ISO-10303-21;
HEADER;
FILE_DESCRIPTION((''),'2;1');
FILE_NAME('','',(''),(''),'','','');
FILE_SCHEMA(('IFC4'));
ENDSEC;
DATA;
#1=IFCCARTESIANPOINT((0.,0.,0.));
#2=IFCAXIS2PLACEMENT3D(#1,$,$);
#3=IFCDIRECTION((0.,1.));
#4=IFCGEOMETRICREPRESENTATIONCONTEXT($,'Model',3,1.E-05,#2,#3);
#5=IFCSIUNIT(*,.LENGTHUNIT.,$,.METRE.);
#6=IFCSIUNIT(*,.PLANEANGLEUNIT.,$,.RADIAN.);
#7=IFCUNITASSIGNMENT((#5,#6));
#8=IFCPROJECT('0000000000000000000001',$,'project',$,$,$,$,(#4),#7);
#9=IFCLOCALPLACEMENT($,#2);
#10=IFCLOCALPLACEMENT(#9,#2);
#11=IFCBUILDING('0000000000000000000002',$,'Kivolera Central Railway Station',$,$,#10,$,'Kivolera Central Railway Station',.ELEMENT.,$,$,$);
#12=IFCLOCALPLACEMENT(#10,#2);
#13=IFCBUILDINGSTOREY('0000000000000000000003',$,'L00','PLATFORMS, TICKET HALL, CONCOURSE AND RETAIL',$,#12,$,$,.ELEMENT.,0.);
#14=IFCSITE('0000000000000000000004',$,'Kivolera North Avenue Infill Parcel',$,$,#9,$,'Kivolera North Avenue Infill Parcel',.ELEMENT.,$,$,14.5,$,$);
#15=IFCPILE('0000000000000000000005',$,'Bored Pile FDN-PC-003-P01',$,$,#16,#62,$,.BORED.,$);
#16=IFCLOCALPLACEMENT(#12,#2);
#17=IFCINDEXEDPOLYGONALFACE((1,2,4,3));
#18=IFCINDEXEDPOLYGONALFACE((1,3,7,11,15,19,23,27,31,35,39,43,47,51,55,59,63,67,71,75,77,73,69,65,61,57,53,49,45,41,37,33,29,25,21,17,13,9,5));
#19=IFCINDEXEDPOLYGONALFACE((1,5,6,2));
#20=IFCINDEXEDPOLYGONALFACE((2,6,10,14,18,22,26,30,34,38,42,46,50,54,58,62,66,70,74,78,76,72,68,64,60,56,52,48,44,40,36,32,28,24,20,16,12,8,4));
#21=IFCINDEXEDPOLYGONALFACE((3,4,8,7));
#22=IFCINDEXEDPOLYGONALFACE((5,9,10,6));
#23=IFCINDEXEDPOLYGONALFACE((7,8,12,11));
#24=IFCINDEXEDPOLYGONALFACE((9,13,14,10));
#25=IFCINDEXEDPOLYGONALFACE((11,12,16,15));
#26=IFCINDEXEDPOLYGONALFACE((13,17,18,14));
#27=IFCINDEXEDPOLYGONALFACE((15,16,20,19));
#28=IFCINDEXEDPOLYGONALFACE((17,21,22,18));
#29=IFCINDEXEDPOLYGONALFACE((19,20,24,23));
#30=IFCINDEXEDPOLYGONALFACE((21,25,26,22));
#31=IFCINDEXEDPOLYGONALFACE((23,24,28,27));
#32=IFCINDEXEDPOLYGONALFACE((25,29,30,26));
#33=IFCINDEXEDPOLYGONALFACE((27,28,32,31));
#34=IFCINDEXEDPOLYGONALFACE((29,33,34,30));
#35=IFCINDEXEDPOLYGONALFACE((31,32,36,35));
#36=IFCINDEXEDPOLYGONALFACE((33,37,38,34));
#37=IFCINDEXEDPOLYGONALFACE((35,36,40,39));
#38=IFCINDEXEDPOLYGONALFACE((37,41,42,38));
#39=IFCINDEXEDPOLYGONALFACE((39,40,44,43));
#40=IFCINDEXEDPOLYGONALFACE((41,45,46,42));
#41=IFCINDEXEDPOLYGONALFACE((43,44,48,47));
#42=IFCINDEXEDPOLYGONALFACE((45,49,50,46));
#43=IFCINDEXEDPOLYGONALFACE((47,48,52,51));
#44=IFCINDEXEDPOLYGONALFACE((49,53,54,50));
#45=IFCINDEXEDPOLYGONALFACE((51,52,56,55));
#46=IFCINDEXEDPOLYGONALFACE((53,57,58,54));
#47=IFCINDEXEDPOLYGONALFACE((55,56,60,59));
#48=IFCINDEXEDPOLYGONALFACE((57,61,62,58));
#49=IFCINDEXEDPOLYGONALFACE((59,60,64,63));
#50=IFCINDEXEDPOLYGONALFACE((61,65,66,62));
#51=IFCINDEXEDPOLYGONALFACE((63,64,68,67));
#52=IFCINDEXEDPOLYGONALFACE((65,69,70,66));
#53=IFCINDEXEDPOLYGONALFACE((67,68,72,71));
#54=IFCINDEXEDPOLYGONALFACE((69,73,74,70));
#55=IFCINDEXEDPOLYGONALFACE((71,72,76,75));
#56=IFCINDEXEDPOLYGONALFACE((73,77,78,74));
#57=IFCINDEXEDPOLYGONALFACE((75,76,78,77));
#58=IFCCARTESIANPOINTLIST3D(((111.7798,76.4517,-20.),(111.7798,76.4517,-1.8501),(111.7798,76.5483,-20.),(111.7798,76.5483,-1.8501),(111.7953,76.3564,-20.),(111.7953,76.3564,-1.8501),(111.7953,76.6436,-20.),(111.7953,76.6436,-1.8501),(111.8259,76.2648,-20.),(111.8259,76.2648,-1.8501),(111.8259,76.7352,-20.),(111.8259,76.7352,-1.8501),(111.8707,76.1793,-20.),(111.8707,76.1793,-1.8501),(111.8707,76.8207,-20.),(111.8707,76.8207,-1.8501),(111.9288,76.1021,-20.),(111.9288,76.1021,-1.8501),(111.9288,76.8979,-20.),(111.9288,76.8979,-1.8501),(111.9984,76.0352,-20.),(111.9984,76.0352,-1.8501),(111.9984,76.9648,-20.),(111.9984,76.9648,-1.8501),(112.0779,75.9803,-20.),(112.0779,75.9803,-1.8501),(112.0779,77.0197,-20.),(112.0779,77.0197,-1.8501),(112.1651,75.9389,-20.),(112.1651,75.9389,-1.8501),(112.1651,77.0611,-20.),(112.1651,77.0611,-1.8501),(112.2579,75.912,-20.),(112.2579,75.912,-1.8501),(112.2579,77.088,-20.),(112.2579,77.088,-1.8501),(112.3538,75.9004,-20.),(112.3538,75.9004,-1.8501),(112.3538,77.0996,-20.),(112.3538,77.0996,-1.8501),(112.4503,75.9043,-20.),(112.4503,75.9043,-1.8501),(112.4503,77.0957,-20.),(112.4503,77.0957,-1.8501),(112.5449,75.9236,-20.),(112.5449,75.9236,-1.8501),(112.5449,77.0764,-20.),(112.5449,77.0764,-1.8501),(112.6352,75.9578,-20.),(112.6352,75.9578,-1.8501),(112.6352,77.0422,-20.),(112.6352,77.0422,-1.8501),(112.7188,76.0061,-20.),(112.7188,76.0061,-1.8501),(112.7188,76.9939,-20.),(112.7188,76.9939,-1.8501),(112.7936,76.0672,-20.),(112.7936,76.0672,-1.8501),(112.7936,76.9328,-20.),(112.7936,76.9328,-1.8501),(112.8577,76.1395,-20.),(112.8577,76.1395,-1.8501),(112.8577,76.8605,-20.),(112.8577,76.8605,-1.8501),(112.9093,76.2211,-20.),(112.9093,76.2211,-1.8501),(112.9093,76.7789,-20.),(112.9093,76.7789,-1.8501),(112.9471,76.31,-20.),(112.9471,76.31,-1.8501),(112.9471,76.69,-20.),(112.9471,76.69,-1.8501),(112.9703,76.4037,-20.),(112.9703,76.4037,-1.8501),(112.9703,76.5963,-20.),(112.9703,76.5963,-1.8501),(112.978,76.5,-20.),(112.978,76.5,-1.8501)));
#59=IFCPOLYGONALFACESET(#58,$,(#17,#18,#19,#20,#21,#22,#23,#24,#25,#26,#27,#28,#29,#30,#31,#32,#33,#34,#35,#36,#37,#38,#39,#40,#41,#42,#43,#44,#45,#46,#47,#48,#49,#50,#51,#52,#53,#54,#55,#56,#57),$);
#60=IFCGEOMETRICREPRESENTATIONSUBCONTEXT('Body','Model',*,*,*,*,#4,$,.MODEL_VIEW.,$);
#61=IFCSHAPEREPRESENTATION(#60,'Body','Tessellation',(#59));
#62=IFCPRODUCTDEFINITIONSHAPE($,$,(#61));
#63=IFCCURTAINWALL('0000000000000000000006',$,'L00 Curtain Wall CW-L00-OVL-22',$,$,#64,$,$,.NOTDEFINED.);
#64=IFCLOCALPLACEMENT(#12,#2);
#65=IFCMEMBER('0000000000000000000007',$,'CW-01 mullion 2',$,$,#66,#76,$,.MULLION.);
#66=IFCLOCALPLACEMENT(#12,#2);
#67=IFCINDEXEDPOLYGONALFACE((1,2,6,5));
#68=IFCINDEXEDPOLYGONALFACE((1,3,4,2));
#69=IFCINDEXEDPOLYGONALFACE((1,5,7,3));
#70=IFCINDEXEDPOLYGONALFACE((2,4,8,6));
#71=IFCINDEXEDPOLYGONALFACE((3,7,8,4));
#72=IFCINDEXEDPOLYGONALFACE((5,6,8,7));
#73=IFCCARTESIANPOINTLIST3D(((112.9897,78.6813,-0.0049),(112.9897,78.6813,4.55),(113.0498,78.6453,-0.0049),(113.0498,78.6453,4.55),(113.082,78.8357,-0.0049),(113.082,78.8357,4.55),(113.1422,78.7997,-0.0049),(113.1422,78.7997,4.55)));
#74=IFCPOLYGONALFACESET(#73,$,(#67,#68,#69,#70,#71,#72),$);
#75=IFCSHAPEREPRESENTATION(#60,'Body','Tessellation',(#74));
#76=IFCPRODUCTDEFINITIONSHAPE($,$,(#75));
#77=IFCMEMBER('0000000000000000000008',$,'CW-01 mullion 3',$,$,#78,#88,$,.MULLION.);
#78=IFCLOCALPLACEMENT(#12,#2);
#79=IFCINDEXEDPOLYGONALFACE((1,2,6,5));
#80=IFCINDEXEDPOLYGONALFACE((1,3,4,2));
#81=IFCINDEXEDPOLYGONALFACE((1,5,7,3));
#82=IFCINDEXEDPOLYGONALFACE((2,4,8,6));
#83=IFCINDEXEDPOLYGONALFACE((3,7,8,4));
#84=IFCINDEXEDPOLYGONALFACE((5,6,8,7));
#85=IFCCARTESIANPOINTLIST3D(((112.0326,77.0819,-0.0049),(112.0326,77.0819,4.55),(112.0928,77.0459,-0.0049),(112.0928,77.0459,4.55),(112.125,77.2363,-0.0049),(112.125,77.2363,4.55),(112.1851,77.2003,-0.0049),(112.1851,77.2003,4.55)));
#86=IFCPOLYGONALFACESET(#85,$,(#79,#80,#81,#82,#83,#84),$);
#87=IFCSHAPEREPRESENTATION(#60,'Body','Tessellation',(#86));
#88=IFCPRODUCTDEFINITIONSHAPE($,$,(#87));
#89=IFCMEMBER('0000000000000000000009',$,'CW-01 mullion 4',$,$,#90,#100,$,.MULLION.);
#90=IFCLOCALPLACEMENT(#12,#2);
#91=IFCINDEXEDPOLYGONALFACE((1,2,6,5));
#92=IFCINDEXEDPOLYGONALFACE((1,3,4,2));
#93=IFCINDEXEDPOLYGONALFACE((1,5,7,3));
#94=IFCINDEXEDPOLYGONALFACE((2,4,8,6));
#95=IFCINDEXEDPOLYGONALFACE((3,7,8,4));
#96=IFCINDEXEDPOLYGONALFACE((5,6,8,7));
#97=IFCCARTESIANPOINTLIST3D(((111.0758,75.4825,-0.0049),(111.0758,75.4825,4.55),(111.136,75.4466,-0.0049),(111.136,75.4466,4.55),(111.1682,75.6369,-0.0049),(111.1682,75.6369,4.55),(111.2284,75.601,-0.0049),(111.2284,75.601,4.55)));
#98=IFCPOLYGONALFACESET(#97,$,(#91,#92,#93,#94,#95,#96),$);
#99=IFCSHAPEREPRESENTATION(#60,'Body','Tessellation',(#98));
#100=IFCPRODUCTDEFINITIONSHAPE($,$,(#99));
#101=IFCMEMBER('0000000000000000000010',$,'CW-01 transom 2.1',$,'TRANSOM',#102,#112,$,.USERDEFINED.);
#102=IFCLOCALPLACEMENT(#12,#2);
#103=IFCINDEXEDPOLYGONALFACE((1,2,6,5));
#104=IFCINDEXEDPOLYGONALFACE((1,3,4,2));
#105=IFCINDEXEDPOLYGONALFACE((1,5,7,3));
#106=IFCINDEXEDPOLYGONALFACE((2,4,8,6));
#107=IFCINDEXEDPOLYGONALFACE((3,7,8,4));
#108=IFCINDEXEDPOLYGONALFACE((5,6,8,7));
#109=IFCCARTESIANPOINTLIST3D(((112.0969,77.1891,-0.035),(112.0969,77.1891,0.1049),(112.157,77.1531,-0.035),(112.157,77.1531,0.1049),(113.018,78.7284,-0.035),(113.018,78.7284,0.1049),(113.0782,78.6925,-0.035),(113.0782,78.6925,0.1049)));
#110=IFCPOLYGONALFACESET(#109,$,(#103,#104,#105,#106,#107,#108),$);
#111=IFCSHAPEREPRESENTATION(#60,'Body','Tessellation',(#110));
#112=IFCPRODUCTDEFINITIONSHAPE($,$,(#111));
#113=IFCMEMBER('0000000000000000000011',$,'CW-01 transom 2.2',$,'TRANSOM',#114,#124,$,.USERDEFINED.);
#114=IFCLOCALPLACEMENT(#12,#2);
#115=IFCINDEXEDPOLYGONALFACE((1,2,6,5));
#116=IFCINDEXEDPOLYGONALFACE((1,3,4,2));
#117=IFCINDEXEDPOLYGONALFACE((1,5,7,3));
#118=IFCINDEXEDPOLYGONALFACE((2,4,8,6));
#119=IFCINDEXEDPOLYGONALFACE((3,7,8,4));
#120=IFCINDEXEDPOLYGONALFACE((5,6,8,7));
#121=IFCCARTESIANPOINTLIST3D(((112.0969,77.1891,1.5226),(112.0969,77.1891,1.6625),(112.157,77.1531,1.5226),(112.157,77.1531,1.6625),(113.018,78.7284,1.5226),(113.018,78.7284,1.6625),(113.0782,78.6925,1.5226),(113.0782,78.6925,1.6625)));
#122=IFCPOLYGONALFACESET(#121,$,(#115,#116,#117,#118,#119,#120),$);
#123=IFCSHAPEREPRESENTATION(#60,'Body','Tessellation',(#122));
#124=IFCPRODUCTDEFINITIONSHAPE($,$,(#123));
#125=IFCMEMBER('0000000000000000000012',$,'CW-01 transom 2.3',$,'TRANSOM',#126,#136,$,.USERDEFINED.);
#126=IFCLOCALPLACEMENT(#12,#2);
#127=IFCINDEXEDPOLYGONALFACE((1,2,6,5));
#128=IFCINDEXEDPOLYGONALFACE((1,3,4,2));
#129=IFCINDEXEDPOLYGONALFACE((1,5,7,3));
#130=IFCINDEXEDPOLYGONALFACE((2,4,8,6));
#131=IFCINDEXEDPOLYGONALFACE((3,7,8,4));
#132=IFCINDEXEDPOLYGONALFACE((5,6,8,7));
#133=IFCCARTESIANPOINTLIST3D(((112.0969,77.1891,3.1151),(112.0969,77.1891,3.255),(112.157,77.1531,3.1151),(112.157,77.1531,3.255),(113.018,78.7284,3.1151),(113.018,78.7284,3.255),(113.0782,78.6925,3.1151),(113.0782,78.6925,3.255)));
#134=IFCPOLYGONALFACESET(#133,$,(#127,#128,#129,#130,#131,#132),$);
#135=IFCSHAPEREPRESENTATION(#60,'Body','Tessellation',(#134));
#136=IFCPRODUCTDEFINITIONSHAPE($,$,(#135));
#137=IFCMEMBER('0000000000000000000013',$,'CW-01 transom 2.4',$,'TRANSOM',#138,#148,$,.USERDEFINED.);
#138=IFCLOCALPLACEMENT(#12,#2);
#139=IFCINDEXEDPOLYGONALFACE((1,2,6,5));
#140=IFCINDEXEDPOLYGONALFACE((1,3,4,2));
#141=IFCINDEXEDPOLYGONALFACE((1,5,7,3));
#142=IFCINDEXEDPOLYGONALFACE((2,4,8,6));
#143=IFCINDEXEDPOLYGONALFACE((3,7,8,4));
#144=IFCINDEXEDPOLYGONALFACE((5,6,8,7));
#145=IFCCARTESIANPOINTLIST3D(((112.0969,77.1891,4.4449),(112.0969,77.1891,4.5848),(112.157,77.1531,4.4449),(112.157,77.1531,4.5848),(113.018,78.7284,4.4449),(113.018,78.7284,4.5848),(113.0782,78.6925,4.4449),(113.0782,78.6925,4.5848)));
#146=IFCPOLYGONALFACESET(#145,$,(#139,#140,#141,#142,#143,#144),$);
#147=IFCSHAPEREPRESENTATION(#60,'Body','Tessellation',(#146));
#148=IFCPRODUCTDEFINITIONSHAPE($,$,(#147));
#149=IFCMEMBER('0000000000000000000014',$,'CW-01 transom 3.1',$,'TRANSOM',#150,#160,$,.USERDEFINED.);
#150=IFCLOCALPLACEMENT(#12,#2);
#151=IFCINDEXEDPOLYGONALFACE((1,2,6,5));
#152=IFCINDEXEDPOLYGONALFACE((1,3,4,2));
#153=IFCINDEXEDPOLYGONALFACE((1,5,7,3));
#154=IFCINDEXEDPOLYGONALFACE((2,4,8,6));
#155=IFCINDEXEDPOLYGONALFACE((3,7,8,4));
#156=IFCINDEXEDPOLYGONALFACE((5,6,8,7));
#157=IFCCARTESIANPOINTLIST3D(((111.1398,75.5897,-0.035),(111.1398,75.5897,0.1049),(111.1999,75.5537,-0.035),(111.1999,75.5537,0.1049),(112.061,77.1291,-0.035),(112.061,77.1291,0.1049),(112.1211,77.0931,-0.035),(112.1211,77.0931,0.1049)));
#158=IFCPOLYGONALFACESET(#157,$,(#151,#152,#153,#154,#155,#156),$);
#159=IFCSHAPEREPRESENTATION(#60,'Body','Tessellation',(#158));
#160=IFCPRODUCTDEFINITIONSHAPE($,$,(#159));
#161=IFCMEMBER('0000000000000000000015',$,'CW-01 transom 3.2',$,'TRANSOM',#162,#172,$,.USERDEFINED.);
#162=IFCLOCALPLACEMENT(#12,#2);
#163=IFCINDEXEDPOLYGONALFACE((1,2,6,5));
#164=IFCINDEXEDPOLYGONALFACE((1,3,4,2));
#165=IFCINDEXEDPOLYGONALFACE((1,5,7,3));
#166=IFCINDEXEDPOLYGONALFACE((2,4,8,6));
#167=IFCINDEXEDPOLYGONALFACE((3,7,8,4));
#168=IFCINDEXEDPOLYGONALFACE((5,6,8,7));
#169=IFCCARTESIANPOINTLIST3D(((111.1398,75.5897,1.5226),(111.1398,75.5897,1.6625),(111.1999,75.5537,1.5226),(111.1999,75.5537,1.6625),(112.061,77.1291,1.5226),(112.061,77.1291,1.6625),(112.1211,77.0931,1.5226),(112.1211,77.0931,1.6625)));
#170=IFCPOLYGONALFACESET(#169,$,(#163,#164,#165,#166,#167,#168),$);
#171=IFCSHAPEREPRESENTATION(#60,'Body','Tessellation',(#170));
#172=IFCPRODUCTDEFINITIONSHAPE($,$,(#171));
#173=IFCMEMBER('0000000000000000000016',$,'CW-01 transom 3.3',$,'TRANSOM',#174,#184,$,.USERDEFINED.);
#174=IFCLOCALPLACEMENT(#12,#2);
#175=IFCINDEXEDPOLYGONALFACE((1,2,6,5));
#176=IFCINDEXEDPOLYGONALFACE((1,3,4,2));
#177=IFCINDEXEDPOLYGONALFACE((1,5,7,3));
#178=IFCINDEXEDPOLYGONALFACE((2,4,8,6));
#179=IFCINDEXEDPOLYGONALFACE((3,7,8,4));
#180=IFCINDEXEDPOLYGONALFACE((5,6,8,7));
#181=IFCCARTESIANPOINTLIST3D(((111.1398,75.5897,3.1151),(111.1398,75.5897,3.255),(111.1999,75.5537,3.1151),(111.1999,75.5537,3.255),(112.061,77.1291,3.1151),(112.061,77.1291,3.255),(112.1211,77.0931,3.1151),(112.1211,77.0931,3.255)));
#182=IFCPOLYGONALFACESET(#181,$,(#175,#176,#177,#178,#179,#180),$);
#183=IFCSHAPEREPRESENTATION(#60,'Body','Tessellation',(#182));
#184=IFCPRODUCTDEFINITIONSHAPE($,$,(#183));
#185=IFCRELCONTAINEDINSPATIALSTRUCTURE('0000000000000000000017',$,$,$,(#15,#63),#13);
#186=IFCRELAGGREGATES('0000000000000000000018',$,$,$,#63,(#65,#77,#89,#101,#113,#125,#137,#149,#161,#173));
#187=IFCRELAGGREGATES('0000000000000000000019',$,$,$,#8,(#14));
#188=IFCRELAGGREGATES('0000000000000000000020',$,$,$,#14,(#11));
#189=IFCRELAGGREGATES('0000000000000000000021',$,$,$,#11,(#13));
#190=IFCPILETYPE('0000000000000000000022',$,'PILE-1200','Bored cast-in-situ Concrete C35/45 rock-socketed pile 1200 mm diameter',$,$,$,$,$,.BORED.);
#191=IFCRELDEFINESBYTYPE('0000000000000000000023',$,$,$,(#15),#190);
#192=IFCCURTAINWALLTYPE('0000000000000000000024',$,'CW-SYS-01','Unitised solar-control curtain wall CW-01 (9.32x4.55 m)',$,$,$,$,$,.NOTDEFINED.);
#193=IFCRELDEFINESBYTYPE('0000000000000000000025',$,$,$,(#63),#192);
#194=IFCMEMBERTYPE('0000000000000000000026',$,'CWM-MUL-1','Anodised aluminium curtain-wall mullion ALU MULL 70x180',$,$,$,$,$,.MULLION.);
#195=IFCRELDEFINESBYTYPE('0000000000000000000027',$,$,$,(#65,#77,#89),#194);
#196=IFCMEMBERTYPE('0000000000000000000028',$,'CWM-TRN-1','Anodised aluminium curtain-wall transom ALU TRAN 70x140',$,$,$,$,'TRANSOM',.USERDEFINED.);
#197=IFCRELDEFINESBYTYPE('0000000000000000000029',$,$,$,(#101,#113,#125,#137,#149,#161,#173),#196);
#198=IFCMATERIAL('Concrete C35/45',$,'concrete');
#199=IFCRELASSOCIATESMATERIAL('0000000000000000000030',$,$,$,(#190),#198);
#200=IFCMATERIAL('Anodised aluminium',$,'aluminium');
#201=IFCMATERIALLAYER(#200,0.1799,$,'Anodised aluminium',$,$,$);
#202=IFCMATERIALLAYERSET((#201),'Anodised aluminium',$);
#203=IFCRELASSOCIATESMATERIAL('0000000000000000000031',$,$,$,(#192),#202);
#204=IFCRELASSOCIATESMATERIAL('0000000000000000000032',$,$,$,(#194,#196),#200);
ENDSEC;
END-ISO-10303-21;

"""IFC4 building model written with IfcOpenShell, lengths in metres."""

from ifc_helpers import new_model, si_unit, direction, frame, origin, origin_2d, place, context, subcontext, project, spatial, rectangle, circle, extrude, material, layer, layer_set, material_profile, profile_set, type_object, element, aggregate, save


model = new_model("IFC4")

# Units and contexts
model_context = context("Model", 3, precision=1e-05, world=origin(), true_north=direction((0.0, 1.0)))
body_context = subcontext(model_context, "Body", "Model", "MODEL_VIEW")
ifc_project = project(units=[si_unit("LENGTHUNIT", "METRE"), si_unit("PLANEANGLEUNIT", "RADIAN")], contexts=[model_context])

# Site, building, storey
site_placement = place(None, origin())
site = spatial("IfcSite", under=ifc_project, at=site_placement, Name="Kivolera North Avenue Infill Parcel", LongName="Kivolera North Avenue Infill Parcel", CompositionType="ELEMENT", RefElevation=14.5)
building_placement = place(site_placement, origin())
building = spatial("IfcBuilding", under=site, at=building_placement, Name="Kivolera Central Railway Station", LongName="Kivolera Central Railway Station", CompositionType="ELEMENT")
storey_placement = place(building_placement, origin())
storey = spatial("IfcBuildingStorey", under=building, at=storey_placement, Name="L00", Description="PLATFORMS, TICKET HALL, CONCOURSE AND RETAIL", CompositionType="ELEMENT", Elevation=0.0)

# Pile
ifc_material_1 = material(Name="Concrete C35/45", Category="concrete")
ifc_material_profile_1 = material_profile(ifc_material_1, circle(Radius=0.6001, at=origin_2d()), Name="PILE D1200")
ifc_profile_set_1 = profile_set([ifc_material_profile_1], Name="Concrete C35/45")
pile_type = type_object("IfcPileType", Name="PILE-1200", Description="Bored cast-in-situ Concrete C35/45 rock-socketed pile 1200 mm diameter", PredefinedType="BORED", material=ifc_profile_set_1)
pile_placement = place(storey_placement, frame((112.3779, 76.5, -1.8501), z_axis=(0.0, 0.0, -1.0), x_axis=(1.0, 0.0, 0.0)))
element("IfcPile", 1, at=pile_placement, inside=storey, type_object=pile_type, Name="Bored Pile FDN-PC-003-P01", PredefinedType="BORED", context=body_context, shape_type="SweptSolid", body=[
    extrude(circle(Radius=0.6001, at=origin_2d()), origin(), (0.0, 0.0, 1.0), 18.1499),
])

# Curtain wall, members
ifc_material_2 = material(Name="Anodised aluminium", Category="aluminium")
ifc_layer_1 = layer(ifc_material_2, 0.1799, Name="Anodised aluminium")
ifc_layer_set_1 = layer_set([ifc_layer_1], Name="Anodised aluminium")
curtain_wall_type = type_object("IfcCurtainWallType", Name="CW-SYS-01", Description="Unitised solar-control curtain wall CW-01 (9.32x4.55 m)", PredefinedType="NOTDEFINED", material=ifc_layer_set_1)
curtain_wall_placement = place(storey_placement, origin())
curtain_wall = element("IfcCurtainWall", 2, at=curtain_wall_placement, inside=storey, type_object=curtain_wall_type, Name="L00 Curtain Wall CW-L00-OVL-22", PredefinedType="NOTDEFINED")
ifc_material_profile_2 = material_profile(ifc_material_2, rectangle(XDim=0.0701, YDim=0.1799, at=origin_2d()), Name="ALU MULL 70x180")
ifc_profile_set_2 = profile_set([ifc_material_profile_2], Name="Anodised aluminium")
member_type_1 = type_object("IfcMemberType", Name="CWM-MUL-1", Description="Anodised aluminium curtain-wall mullion ALU MULL 70x180", PredefinedType="MULLION", material=ifc_profile_set_2)
member_1_placement = place(storey_placement, frame((113.0659, 78.7405, -0.0049), z_axis=(0.0, 0.0, 1.0), x_axis=(0.858117, -0.513454, 0.0)))
member_1 = element("IfcMember", 3, at=member_1_placement, type_object=member_type_1, Name="CW-01 mullion 2", PredefinedType="MULLION", context=body_context, shape_type="SweptSolid", body=[
    extrude(rectangle(XDim=0.0701, YDim=0.1799, at=origin_2d()), origin(), (0.0, 0.0, 1.0), 4.5549),
])
member_2_placement = place(storey_placement, frame((112.1089, 77.1411, -0.0049), z_axis=(0.0, 0.0, 1.0), x_axis=(0.858117, -0.513454, 0.0)))
member_2 = element("IfcMember", 4, at=member_2_placement, type_object=member_type_1, Name="CW-01 mullion 3", PredefinedType="MULLION", context=body_context, shape_type="SweptSolid", body=[
    extrude(rectangle(XDim=0.0701, YDim=0.1799, at=origin_2d()), origin(), (0.0, 0.0, 1.0), 4.5549),
])
member_3_placement = place(storey_placement, frame((111.1521, 75.5417, -0.0049), z_axis=(0.0, 0.0, 1.0), x_axis=(0.858117, -0.513454, 0.0)))
member_3 = element("IfcMember", 5, at=member_3_placement, type_object=member_type_1, Name="CW-01 mullion 4", PredefinedType="MULLION", context=body_context, shape_type="SweptSolid", body=[
    extrude(rectangle(XDim=0.0701, YDim=0.1799, at=origin_2d()), origin(), (0.0, 0.0, 1.0), 4.5549),
])
ifc_material_profile_3 = material_profile(ifc_material_2, rectangle(XDim=0.0701, YDim=0.1399, at=origin_2d()), Name="ALU TRAN 70x140")
ifc_profile_set_3 = profile_set([ifc_material_profile_3], Name="Anodised aluminium")
member_type_2 = type_object("IfcMemberType", Name="CWM-TRN-1", Description="Anodised aluminium curtain-wall transom ALU TRAN 70x140", ElementType="TRANSOM", PredefinedType="USERDEFINED", material=ifc_profile_set_3)
member_4_placement = place(storey_placement, frame((113.0481, 78.7104, 0.0349), z_axis=(-0.513495, -0.858093, 0.0), x_axis=(0.858093, -0.513495, 0.0)))
member_4 = element("IfcMember", 6, at=member_4_placement, type_object=member_type_2, Name="CW-01 transom 2.1", ObjectType="TRANSOM", PredefinedType="USERDEFINED", context=body_context, shape_type="SweptSolid", body=[
    extrude(rectangle(XDim=0.0701, YDim=0.1399, at=origin_2d()), origin(), (0.0, 0.0, 1.0), 1.7939),
])
member_5_placement = place(storey_placement, frame((113.0481, 78.7104, 1.5925), z_axis=(-0.513495, -0.858093, 0.0), x_axis=(0.858093, -0.513495, 0.0)))
member_5 = element("IfcMember", 7, at=member_5_placement, type_object=member_type_2, Name="CW-01 transom 2.2", ObjectType="TRANSOM", PredefinedType="USERDEFINED", context=body_context, shape_type="SweptSolid", body=[
    extrude(rectangle(XDim=0.0701, YDim=0.1399, at=origin_2d()), origin(), (0.0, 0.0, 1.0), 1.7939),
])
member_6_placement = place(storey_placement, frame((113.0481, 78.7104, 3.1851), z_axis=(-0.513495, -0.858093, 0.0), x_axis=(0.858093, -0.513495, 0.0)))
member_6 = element("IfcMember", 8, at=member_6_placement, type_object=member_type_2, Name="CW-01 transom 2.3", ObjectType="TRANSOM", PredefinedType="USERDEFINED", context=body_context, shape_type="SweptSolid", body=[
    extrude(rectangle(XDim=0.0701, YDim=0.1399, at=origin_2d()), origin(), (0.0, 0.0, 1.0), 1.7939),
])
member_7_placement = place(storey_placement, frame((113.0481, 78.7104, 4.5149), z_axis=(-0.513495, -0.858093, 0.0), x_axis=(0.858093, -0.513495, 0.0)))
member_7 = element("IfcMember", 9, at=member_7_placement, type_object=member_type_2, Name="CW-01 transom 2.4", ObjectType="TRANSOM", PredefinedType="USERDEFINED", context=body_context, shape_type="SweptSolid", body=[
    extrude(rectangle(XDim=0.0701, YDim=0.1399, at=origin_2d()), origin(), (0.0, 0.0, 1.0), 1.7939),
])
member_8_placement = place(storey_placement, frame((112.0911, 77.1111, 0.0349), z_axis=(-0.513495, -0.858093, 0.0), x_axis=(0.858093, -0.513495, 0.0)))
member_8 = element("IfcMember", 10, at=member_8_placement, type_object=member_type_2, Name="CW-01 transom 3.1", ObjectType="TRANSOM", PredefinedType="USERDEFINED", context=body_context, shape_type="SweptSolid", body=[
    extrude(rectangle(XDim=0.0701, YDim=0.1399, at=origin_2d()), origin(), (0.0, 0.0, 1.0), 1.7939),
])
member_9_placement = place(storey_placement, frame((112.0911, 77.1111, 1.5925), z_axis=(-0.513495, -0.858093, 0.0), x_axis=(0.858093, -0.513495, 0.0)))
member_9 = element("IfcMember", 11, at=member_9_placement, type_object=member_type_2, Name="CW-01 transom 3.2", ObjectType="TRANSOM", PredefinedType="USERDEFINED", context=body_context, shape_type="SweptSolid", body=[
    extrude(rectangle(XDim=0.0701, YDim=0.1399, at=origin_2d()), origin(), (0.0, 0.0, 1.0), 1.7939),
])
member_10_placement = place(storey_placement, frame((112.0911, 77.1111, 3.1851), z_axis=(-0.513495, -0.858093, 0.0), x_axis=(0.858093, -0.513495, 0.0)))
member_10 = element("IfcMember", 12, at=member_10_placement, type_object=member_type_2, Name="CW-01 transom 3.3", ObjectType="TRANSOM", PredefinedType="USERDEFINED", context=body_context, shape_type="SweptSolid", body=[
    extrude(rectangle(XDim=0.0701, YDim=0.1399, at=origin_2d()), origin(), (0.0, 0.0, 1.0), 1.7939),
])
aggregate(curtain_wall, [member_1, member_2, member_3, member_4, member_5, member_6, member_7, member_8, member_9, member_10])

save(model, "model.ifc")
